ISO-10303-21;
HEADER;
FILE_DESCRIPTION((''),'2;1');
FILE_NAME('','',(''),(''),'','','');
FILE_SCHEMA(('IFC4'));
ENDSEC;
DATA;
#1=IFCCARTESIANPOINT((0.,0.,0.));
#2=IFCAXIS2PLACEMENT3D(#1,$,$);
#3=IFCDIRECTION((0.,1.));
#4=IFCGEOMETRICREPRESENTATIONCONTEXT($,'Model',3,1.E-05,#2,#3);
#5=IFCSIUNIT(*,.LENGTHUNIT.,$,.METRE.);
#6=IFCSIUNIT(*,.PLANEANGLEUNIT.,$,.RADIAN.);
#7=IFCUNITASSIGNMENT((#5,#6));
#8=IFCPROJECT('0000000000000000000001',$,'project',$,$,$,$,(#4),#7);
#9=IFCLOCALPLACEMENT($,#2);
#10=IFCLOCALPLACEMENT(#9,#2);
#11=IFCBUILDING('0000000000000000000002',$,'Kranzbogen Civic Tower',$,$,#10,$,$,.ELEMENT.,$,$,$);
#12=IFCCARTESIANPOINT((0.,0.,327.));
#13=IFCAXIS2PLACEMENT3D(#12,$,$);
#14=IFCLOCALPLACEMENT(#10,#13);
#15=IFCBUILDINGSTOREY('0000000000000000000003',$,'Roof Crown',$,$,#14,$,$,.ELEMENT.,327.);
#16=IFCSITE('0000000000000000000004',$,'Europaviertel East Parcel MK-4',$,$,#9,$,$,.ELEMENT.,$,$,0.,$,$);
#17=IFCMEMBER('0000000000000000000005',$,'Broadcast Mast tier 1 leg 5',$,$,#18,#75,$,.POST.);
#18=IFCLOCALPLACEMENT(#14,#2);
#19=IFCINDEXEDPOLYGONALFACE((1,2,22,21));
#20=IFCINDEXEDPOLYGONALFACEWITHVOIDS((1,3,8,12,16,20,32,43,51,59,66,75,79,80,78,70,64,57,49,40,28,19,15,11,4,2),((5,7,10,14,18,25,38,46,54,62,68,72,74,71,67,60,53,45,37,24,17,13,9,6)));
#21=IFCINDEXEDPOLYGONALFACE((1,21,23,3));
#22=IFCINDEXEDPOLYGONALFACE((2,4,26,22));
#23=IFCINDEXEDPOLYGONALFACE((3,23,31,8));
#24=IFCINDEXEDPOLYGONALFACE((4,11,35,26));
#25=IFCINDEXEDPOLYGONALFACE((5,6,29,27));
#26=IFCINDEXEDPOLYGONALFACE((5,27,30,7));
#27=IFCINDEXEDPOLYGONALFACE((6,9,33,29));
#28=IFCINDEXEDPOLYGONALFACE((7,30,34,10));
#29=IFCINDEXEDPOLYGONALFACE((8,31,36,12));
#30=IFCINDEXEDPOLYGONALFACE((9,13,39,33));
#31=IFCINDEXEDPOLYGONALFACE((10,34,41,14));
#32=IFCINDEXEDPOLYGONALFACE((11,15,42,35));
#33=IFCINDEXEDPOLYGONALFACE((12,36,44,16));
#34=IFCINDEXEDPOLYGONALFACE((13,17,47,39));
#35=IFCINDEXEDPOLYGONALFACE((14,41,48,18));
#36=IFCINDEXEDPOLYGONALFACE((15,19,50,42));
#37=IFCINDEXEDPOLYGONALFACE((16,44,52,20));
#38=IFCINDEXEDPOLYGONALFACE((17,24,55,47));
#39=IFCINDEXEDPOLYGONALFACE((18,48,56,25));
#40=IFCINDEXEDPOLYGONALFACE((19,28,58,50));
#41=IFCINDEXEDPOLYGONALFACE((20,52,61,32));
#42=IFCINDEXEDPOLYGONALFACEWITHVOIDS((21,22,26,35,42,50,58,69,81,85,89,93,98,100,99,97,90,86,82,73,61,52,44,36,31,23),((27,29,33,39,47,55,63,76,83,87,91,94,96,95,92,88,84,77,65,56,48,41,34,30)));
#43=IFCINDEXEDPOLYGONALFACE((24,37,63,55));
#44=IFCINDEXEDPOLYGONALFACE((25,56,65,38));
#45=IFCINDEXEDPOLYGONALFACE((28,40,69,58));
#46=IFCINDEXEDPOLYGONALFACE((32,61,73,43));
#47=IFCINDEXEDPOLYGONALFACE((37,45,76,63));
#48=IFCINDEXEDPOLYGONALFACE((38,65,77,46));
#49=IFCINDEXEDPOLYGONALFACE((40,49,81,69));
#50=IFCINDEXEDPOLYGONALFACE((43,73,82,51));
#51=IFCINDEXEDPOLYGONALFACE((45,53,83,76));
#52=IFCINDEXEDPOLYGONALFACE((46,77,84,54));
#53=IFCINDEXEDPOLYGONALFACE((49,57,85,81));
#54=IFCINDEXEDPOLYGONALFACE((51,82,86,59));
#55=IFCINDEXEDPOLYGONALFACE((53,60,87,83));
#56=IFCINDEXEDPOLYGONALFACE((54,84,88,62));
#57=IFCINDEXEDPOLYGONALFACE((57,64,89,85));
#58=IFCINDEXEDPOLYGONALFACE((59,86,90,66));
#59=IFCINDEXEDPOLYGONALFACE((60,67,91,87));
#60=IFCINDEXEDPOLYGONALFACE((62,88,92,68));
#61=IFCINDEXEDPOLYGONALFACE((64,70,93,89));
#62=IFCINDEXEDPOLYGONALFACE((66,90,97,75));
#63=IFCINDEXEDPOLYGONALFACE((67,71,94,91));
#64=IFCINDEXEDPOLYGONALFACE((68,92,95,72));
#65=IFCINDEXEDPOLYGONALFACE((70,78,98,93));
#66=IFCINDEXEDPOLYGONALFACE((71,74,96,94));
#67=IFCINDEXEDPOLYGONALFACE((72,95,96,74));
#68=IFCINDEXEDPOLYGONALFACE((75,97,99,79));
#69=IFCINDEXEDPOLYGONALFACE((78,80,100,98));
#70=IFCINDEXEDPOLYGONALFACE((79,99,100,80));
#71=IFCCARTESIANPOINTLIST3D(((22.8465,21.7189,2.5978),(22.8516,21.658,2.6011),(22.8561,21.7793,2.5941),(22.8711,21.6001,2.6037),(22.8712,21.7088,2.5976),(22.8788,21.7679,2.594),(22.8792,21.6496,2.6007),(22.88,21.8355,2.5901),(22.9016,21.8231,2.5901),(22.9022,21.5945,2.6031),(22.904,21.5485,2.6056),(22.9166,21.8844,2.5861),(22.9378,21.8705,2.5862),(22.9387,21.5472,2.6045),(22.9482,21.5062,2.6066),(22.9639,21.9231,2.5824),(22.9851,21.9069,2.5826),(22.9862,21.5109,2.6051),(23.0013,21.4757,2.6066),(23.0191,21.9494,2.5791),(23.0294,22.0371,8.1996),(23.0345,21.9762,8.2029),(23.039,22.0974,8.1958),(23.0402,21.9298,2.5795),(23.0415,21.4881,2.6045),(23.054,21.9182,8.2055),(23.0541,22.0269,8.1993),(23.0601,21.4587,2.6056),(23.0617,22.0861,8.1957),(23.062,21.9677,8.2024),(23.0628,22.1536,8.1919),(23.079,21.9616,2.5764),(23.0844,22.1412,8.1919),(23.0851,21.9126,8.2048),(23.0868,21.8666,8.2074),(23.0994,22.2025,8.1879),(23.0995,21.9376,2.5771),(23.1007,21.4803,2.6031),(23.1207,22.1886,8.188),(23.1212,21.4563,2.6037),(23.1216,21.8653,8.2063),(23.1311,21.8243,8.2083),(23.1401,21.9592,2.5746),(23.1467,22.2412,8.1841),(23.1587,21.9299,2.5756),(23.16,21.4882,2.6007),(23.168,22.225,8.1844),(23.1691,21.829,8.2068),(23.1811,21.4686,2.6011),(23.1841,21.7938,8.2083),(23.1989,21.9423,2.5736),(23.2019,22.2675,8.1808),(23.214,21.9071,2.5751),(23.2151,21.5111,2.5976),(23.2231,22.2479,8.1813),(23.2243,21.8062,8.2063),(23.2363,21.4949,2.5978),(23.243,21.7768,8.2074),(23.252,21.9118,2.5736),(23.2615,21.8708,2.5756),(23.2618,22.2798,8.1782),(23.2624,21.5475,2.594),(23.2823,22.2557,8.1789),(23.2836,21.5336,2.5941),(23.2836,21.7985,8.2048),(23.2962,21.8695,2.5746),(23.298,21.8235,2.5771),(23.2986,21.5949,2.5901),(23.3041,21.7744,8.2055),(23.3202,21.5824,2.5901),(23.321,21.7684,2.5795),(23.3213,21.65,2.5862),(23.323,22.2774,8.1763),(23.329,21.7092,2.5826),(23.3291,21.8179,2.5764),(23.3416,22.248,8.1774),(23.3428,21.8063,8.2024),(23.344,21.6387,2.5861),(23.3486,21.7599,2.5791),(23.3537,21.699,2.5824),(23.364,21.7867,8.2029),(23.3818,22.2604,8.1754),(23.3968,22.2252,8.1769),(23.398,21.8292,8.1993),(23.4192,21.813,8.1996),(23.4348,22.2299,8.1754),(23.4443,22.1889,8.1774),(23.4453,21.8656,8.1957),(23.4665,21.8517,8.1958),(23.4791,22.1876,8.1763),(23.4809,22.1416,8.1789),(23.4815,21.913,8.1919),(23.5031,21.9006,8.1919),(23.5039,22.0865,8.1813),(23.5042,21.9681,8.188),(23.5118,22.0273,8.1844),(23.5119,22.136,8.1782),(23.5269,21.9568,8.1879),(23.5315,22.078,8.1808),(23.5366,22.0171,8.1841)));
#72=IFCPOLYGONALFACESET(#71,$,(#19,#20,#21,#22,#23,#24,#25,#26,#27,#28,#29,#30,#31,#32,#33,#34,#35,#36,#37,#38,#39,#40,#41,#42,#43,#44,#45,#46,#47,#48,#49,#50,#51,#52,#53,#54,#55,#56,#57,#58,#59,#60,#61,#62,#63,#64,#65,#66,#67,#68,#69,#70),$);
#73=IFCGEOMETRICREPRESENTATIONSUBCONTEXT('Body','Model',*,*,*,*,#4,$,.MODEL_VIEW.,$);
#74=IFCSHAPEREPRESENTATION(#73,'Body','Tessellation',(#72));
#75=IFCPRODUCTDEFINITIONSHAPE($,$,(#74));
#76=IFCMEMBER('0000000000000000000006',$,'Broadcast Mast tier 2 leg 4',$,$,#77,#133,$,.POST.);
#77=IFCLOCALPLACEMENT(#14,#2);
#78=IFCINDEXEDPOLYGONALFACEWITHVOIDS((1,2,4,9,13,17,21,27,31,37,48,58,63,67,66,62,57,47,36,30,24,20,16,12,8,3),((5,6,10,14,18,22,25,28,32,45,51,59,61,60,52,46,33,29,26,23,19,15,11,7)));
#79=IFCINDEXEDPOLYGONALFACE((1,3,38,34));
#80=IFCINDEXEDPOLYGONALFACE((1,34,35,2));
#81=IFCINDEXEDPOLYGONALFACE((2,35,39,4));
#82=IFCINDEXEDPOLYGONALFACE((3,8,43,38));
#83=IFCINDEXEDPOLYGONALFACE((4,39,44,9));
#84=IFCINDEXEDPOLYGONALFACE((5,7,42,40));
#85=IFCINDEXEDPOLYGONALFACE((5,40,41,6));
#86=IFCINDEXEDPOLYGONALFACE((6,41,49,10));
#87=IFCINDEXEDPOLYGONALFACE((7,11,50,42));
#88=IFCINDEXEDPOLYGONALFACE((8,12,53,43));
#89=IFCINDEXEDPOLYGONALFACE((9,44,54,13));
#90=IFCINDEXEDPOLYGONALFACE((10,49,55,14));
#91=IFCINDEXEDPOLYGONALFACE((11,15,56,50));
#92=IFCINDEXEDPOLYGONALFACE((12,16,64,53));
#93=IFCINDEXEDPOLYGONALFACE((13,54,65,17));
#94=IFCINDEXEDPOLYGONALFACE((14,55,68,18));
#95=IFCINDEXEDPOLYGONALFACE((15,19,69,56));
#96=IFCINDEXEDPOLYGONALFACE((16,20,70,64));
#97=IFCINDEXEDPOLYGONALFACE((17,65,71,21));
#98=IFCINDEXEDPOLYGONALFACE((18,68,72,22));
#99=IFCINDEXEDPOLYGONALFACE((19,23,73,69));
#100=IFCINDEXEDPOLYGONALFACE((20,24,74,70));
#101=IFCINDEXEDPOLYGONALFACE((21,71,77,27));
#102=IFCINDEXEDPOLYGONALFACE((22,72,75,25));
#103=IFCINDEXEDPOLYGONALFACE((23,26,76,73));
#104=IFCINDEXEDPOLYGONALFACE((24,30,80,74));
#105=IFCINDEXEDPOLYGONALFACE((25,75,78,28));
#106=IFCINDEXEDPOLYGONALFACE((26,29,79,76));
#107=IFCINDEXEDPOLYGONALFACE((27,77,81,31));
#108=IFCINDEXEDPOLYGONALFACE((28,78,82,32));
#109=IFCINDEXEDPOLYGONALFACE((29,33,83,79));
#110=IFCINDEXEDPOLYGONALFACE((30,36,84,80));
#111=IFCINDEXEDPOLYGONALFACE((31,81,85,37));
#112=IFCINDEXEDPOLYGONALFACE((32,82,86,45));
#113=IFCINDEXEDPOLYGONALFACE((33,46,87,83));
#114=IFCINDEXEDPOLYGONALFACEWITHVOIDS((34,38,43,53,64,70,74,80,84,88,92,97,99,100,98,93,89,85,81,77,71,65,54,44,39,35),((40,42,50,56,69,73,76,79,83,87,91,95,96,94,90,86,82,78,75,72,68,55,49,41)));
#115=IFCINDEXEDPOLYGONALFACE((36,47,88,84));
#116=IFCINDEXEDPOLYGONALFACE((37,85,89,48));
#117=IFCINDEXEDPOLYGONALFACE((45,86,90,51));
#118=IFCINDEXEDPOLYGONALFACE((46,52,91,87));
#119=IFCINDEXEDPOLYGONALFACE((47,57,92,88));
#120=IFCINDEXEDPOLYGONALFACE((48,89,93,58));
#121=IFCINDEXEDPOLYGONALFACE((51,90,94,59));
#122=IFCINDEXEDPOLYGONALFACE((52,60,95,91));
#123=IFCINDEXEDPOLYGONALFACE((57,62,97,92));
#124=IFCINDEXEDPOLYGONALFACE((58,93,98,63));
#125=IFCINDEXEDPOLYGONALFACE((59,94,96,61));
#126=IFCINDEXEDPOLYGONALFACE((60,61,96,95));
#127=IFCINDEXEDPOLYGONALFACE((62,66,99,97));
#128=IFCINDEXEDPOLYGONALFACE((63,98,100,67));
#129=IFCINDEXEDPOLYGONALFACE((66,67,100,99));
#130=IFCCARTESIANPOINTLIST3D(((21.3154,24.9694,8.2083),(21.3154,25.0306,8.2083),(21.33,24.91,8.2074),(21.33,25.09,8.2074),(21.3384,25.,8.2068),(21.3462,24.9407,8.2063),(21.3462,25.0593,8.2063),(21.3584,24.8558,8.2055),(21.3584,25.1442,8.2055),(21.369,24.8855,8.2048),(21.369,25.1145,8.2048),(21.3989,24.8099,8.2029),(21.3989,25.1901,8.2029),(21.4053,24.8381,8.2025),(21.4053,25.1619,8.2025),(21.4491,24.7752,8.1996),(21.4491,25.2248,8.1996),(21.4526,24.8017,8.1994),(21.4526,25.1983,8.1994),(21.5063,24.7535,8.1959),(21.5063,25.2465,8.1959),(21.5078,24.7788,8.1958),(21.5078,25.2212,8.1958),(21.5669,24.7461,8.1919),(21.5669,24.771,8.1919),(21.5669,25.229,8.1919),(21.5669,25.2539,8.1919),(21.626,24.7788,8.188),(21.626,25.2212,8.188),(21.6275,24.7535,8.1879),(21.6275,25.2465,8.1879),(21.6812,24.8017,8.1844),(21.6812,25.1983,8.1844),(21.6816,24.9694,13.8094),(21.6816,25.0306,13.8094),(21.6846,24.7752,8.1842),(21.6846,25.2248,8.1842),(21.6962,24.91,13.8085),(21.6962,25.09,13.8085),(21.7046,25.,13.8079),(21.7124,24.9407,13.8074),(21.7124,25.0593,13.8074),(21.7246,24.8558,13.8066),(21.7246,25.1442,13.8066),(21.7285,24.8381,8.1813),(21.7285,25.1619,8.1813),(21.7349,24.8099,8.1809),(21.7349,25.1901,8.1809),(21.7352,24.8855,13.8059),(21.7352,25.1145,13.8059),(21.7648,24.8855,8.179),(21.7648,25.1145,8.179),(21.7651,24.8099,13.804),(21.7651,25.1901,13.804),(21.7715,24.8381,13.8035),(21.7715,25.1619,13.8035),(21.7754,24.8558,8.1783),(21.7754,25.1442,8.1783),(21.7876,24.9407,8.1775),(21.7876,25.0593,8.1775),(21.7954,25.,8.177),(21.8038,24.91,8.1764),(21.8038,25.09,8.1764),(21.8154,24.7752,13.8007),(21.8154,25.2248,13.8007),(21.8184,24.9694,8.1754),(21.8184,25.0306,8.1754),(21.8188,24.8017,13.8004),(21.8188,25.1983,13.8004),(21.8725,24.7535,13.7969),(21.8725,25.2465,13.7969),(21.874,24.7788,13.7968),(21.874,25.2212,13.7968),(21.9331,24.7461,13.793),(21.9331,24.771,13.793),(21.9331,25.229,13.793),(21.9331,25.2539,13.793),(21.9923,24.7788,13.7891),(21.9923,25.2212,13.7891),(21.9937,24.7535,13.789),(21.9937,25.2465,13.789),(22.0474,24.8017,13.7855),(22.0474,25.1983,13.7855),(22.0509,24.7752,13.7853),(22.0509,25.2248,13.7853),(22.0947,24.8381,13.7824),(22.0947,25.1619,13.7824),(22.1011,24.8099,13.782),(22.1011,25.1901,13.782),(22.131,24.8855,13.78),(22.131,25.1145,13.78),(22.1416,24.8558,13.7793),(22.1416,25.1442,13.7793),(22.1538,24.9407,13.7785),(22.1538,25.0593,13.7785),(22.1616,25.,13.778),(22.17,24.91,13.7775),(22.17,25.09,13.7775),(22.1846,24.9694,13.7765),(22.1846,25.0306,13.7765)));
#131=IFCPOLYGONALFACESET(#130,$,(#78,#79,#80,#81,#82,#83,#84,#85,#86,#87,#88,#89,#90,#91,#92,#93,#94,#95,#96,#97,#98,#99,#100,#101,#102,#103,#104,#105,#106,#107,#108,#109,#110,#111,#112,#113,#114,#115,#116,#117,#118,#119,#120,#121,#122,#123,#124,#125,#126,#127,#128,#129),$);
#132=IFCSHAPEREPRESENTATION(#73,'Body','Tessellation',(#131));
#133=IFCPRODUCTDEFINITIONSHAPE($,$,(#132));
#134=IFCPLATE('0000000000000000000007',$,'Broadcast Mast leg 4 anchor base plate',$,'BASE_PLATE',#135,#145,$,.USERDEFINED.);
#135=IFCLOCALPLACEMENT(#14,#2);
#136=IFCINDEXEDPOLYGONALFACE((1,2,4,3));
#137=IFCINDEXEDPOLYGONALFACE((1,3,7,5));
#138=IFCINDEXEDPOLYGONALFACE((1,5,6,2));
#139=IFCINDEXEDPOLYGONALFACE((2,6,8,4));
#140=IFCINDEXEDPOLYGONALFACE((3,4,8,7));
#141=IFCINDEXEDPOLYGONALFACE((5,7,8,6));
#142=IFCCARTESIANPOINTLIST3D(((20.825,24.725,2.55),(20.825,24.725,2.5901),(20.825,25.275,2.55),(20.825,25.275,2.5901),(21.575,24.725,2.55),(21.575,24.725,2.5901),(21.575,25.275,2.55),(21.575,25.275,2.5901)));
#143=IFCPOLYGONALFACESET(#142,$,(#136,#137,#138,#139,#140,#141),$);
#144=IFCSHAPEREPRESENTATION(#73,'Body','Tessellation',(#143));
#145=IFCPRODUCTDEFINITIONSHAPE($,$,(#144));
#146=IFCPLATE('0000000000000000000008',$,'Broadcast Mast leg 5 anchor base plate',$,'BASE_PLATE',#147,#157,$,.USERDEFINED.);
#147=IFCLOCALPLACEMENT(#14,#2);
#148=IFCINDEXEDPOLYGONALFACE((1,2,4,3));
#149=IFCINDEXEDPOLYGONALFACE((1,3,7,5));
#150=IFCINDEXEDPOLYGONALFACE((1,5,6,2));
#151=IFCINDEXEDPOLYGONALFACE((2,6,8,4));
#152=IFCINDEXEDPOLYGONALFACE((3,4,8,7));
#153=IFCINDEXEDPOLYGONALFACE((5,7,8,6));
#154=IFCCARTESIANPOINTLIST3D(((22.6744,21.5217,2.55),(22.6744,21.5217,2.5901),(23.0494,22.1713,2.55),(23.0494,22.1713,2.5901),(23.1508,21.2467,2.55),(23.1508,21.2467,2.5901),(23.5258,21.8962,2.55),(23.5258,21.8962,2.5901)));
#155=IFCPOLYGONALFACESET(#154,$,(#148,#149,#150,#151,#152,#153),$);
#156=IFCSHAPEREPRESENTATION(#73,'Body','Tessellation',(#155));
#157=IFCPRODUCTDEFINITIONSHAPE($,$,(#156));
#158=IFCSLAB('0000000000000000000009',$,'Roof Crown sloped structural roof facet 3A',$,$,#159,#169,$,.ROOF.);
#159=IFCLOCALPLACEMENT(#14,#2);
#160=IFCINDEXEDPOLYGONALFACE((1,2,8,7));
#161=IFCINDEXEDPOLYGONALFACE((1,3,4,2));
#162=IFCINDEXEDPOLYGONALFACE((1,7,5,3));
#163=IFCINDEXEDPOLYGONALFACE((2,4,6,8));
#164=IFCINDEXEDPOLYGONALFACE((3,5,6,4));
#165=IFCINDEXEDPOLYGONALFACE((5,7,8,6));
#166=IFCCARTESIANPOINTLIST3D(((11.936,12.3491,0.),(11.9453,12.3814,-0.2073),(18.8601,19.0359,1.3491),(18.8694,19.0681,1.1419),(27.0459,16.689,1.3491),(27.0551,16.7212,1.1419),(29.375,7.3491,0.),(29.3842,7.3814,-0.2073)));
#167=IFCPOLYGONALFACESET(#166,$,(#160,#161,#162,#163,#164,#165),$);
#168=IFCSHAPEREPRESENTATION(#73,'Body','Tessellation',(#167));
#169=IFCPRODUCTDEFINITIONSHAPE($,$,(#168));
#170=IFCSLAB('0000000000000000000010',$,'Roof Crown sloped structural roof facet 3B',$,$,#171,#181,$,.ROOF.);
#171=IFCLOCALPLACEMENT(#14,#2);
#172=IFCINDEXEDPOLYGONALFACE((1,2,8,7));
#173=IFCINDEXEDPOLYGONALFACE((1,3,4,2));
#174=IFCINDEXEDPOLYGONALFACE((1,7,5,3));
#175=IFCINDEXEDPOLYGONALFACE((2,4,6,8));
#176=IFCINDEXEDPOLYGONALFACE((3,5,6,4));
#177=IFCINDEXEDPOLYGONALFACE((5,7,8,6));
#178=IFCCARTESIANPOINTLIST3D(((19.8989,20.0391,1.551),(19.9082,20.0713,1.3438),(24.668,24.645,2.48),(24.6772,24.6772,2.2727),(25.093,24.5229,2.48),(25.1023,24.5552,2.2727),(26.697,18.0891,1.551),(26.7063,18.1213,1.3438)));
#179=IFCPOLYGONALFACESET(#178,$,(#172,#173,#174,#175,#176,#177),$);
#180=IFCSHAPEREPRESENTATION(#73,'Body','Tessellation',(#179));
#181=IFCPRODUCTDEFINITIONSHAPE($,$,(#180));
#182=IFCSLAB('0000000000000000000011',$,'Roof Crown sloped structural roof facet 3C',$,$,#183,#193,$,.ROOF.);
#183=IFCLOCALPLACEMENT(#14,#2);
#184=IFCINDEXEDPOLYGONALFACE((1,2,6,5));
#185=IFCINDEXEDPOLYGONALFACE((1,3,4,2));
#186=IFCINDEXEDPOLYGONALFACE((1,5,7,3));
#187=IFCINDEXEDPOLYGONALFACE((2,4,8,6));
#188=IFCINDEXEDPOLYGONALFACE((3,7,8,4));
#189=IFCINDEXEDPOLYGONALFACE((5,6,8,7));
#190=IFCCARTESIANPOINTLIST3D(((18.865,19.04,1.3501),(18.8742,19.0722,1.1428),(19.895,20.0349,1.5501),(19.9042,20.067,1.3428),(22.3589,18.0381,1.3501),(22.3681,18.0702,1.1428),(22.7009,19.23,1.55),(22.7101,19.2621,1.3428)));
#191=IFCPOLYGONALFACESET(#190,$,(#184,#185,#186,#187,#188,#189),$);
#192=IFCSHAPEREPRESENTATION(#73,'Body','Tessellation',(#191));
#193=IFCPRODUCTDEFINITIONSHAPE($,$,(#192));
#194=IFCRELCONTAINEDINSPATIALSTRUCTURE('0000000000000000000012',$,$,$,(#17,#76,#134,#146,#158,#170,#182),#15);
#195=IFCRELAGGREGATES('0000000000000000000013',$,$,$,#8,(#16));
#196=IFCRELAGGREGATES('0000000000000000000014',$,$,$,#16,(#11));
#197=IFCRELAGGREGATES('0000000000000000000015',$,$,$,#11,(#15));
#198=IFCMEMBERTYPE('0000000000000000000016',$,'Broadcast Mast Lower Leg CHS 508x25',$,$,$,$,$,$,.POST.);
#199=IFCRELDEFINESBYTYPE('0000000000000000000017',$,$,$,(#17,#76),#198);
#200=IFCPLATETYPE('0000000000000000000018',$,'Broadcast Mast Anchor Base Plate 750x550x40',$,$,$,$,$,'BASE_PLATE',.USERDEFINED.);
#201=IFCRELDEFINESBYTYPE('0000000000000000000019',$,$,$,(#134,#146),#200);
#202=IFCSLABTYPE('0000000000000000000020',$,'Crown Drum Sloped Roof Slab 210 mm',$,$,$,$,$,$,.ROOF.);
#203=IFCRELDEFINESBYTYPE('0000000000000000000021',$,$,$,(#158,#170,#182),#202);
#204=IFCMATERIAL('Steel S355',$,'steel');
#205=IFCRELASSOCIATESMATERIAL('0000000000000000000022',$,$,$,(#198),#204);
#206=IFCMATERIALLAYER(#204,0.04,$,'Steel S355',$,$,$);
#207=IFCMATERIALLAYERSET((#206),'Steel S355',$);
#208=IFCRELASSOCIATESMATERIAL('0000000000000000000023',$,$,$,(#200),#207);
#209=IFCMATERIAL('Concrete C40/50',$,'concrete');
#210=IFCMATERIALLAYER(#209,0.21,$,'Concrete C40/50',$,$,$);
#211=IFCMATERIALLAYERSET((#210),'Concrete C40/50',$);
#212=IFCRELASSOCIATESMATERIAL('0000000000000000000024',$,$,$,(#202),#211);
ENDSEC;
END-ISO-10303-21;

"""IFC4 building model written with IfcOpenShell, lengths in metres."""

from ifc_helpers import new_model, si_unit, direction, frame, origin, origin_2d, place, context, subcontext, project, spatial, polyline, rectangle, hollow_circle, outline, extrude, material, layer, layer_set, material_profile, profile_set, type_object, element, save


model = new_model("IFC4")

# Units and contexts
model_context = context("Model", 3, precision=1e-05, world=origin(), true_north=direction((0.0, 1.0)))
body_context = subcontext(model_context, "Body", "Model", "MODEL_VIEW")
ifc_project = project(units=[si_unit("LENGTHUNIT", "METRE"), si_unit("PLANEANGLEUNIT", "RADIAN")], contexts=[model_context])

# Site, building, storey
site_placement = place(None, origin())
site = spatial("IfcSite", under=ifc_project, at=site_placement, Name="Europaviertel East Parcel MK-4", CompositionType="ELEMENT", RefElevation=0.0)
building_placement = place(site_placement, origin())
building = spatial("IfcBuilding", under=site, at=building_placement, Name="Kranzbogen Civic Tower", CompositionType="ELEMENT")
storey_placement = place(building_placement, frame((0.0, 0.0, 327.0)))
storey = spatial("IfcBuildingStorey", under=building, at=storey_placement, Name="Roof Crown", CompositionType="ELEMENT", Elevation=327.0)

# Shared definitions
ifc_material_1 = material(Name="Steel S355", Category="steel")

# Members
ifc_material_profile_1 = material_profile(ifc_material_1, hollow_circle(Radius=0.2539, WallThickness=0.0249, at=origin_2d()), Name="CHS 508x25")
ifc_profile_set_1 = profile_set([ifc_material_profile_1], Name="Steel S355")
member_type_1 = type_object("IfcMemberType", Name="Broadcast Mast Lower Leg CHS 508x25", PredefinedType="POST", material=ifc_profile_set_1)
for number, where, z_axis, x_axis, name in (
    (1, (23.1001, 21.709, 2.5901), (0.032573, 0.056667, 0.997862), (-0.866971, 0.498359, 0.0), "Broadcast Mast tier 1 leg 5"),
):
    element("IfcMember", number, at=place(storey_placement, frame(where, z_axis=z_axis, x_axis=x_axis)), inside=storey, type_object=member_type_1, Name=name, PredefinedType="POST", context=body_context, shape_type="SweptSolid", body=[
        extrude(hollow_circle(Radius=0.2539, WallThickness=0.0249, at=origin_2d()), origin(), (0.0, 0.0, 1.0), 5.6138),
    ])
member_1_placement = place(storey_placement, frame((21.5669, 25.0, 8.1919), z_axis=(0.065243, 0.0, 0.997869), x_axis=(0.0, 1.0, 0.0)))
element("IfcMember", 2, at=member_1_placement, inside=storey, type_object=member_type_1, Name="Broadcast Mast tier 2 leg 4", PredefinedType="POST", context=body_context, shape_type="SweptSolid", body=[
    extrude(hollow_circle(Radius=0.2539, WallThickness=0.0249, at=origin_2d()), origin(), (0.0, 0.0, 1.0), 5.613),
])

# Plates
ifc_layer_1 = layer(ifc_material_1, 0.04, Name="Steel S355")
ifc_layer_set_1 = layer_set([ifc_layer_1], Name="Steel S355")
plate_type_1 = type_object("IfcPlateType", Name="Broadcast Mast Anchor Base Plate 750x550x40", ElementType="BASE_PLATE", PredefinedType="USERDEFINED", material=ifc_layer_set_1)
for number, where, z_axis, x_axis, name in (
    (3, (21.2, 25.0, 2.55), (0.0, 0.0, 1.0), (-1.0, 0.0, 0.0), "Broadcast Mast leg 4 anchor base plate"),
    (4, (23.1001, 21.709, 2.55), (0.0, 0.0, 1.0), (-0.5, -0.866025, 0.0), "Broadcast Mast leg 5 anchor base plate"),
):
    element("IfcPlate", number, at=place(storey_placement, frame(where, z_axis=z_axis, x_axis=x_axis)), inside=storey, type_object=plate_type_1, Name=name, ObjectType="BASE_PLATE", PredefinedType="USERDEFINED", context=body_context, shape_type="SweptSolid", body=[
        extrude(rectangle(XDim=0.75, YDim=0.55, at=origin_2d()), origin(), (0.0, 0.0, 1.0), 0.04),
    ])

# Slabs
ifc_material_2 = material(Name="Concrete C40/50", Category="concrete")
ifc_layer_2 = layer(ifc_material_2, 0.21, Name="Concrete C40/50")
ifc_layer_set_2 = layer_set([ifc_layer_2], Name="Concrete C40/50")
slab_type_1 = type_object("IfcSlabType", Name="Crown Drum Sloped Roof Slab 210 mm", PredefinedType="ROOF", material=ifc_layer_set_2)
slab_1_placement = place(storey_placement, frame((11.936, 12.3491, 0.0), z_axis=(-0.044031, -0.153573, 0.987156), x_axis=(0.96127, -0.27561, 0.0)))
element("IfcSlab", 5, at=slab_1_placement, inside=storey, type_object=slab_type_1, Name="Roof Crown sloped structural roof facet 3A", PredefinedType="ROOF", context=body_context, shape_type="SweptSolid", body=[
    extrude(outline(polyline([(0.0, 0.0), (18.1416, 0.0), (13.3285, 8.4446), (4.813, 8.4446), (0.0, 0.0)])), origin(), (0.0, 0.0, -1.0), 0.21),
])
slab_2_placement = place(storey_placement, frame((19.8989, 20.0391, 1.551), z_axis=(-0.044035, -0.153508, 0.987166), x_axis=(0.961238, -0.27572, 0.000003)))
element("IfcSlab", 6, at=slab_2_placement, inside=storey, type_object=slab_type_1, Name="Roof Crown sloped structural roof facet 3B", PredefinedType="ROOF", context=body_context, shape_type="SweptSolid", body=[
    extrude(outline(polyline([(0.0, 0.0), (7.0722, 0.0), (3.7565, 5.8169), (3.3142, 5.817), (0.0, 0.0)])), origin(), (0.0, 0.0, -1.0), 0.21),
])
slab_3_placement = place(storey_placement, frame((18.865, 19.04, 1.3501), z_axis=(-0.043885, -0.153007, 0.98725), x_axis=(0.961255, -0.275662, 0.000006)))
element("IfcSlab", 7, at=slab_3_placement, inside=storey, type_object=slab_type_1, Name="Roof Crown sloped structural roof facet 3C", PredefinedType="ROOF", context=body_context, shape_type="SweptSolid", body=[
    extrude(outline(polyline([(0.0, 0.0), (3.6347, 0.0), (3.635, 1.256), (0.7159, 1.2563), (0.0, 0.0)])), origin(), (0.0, 0.0, -1.0), 0.21),
])

save(model, "model.ifc")
